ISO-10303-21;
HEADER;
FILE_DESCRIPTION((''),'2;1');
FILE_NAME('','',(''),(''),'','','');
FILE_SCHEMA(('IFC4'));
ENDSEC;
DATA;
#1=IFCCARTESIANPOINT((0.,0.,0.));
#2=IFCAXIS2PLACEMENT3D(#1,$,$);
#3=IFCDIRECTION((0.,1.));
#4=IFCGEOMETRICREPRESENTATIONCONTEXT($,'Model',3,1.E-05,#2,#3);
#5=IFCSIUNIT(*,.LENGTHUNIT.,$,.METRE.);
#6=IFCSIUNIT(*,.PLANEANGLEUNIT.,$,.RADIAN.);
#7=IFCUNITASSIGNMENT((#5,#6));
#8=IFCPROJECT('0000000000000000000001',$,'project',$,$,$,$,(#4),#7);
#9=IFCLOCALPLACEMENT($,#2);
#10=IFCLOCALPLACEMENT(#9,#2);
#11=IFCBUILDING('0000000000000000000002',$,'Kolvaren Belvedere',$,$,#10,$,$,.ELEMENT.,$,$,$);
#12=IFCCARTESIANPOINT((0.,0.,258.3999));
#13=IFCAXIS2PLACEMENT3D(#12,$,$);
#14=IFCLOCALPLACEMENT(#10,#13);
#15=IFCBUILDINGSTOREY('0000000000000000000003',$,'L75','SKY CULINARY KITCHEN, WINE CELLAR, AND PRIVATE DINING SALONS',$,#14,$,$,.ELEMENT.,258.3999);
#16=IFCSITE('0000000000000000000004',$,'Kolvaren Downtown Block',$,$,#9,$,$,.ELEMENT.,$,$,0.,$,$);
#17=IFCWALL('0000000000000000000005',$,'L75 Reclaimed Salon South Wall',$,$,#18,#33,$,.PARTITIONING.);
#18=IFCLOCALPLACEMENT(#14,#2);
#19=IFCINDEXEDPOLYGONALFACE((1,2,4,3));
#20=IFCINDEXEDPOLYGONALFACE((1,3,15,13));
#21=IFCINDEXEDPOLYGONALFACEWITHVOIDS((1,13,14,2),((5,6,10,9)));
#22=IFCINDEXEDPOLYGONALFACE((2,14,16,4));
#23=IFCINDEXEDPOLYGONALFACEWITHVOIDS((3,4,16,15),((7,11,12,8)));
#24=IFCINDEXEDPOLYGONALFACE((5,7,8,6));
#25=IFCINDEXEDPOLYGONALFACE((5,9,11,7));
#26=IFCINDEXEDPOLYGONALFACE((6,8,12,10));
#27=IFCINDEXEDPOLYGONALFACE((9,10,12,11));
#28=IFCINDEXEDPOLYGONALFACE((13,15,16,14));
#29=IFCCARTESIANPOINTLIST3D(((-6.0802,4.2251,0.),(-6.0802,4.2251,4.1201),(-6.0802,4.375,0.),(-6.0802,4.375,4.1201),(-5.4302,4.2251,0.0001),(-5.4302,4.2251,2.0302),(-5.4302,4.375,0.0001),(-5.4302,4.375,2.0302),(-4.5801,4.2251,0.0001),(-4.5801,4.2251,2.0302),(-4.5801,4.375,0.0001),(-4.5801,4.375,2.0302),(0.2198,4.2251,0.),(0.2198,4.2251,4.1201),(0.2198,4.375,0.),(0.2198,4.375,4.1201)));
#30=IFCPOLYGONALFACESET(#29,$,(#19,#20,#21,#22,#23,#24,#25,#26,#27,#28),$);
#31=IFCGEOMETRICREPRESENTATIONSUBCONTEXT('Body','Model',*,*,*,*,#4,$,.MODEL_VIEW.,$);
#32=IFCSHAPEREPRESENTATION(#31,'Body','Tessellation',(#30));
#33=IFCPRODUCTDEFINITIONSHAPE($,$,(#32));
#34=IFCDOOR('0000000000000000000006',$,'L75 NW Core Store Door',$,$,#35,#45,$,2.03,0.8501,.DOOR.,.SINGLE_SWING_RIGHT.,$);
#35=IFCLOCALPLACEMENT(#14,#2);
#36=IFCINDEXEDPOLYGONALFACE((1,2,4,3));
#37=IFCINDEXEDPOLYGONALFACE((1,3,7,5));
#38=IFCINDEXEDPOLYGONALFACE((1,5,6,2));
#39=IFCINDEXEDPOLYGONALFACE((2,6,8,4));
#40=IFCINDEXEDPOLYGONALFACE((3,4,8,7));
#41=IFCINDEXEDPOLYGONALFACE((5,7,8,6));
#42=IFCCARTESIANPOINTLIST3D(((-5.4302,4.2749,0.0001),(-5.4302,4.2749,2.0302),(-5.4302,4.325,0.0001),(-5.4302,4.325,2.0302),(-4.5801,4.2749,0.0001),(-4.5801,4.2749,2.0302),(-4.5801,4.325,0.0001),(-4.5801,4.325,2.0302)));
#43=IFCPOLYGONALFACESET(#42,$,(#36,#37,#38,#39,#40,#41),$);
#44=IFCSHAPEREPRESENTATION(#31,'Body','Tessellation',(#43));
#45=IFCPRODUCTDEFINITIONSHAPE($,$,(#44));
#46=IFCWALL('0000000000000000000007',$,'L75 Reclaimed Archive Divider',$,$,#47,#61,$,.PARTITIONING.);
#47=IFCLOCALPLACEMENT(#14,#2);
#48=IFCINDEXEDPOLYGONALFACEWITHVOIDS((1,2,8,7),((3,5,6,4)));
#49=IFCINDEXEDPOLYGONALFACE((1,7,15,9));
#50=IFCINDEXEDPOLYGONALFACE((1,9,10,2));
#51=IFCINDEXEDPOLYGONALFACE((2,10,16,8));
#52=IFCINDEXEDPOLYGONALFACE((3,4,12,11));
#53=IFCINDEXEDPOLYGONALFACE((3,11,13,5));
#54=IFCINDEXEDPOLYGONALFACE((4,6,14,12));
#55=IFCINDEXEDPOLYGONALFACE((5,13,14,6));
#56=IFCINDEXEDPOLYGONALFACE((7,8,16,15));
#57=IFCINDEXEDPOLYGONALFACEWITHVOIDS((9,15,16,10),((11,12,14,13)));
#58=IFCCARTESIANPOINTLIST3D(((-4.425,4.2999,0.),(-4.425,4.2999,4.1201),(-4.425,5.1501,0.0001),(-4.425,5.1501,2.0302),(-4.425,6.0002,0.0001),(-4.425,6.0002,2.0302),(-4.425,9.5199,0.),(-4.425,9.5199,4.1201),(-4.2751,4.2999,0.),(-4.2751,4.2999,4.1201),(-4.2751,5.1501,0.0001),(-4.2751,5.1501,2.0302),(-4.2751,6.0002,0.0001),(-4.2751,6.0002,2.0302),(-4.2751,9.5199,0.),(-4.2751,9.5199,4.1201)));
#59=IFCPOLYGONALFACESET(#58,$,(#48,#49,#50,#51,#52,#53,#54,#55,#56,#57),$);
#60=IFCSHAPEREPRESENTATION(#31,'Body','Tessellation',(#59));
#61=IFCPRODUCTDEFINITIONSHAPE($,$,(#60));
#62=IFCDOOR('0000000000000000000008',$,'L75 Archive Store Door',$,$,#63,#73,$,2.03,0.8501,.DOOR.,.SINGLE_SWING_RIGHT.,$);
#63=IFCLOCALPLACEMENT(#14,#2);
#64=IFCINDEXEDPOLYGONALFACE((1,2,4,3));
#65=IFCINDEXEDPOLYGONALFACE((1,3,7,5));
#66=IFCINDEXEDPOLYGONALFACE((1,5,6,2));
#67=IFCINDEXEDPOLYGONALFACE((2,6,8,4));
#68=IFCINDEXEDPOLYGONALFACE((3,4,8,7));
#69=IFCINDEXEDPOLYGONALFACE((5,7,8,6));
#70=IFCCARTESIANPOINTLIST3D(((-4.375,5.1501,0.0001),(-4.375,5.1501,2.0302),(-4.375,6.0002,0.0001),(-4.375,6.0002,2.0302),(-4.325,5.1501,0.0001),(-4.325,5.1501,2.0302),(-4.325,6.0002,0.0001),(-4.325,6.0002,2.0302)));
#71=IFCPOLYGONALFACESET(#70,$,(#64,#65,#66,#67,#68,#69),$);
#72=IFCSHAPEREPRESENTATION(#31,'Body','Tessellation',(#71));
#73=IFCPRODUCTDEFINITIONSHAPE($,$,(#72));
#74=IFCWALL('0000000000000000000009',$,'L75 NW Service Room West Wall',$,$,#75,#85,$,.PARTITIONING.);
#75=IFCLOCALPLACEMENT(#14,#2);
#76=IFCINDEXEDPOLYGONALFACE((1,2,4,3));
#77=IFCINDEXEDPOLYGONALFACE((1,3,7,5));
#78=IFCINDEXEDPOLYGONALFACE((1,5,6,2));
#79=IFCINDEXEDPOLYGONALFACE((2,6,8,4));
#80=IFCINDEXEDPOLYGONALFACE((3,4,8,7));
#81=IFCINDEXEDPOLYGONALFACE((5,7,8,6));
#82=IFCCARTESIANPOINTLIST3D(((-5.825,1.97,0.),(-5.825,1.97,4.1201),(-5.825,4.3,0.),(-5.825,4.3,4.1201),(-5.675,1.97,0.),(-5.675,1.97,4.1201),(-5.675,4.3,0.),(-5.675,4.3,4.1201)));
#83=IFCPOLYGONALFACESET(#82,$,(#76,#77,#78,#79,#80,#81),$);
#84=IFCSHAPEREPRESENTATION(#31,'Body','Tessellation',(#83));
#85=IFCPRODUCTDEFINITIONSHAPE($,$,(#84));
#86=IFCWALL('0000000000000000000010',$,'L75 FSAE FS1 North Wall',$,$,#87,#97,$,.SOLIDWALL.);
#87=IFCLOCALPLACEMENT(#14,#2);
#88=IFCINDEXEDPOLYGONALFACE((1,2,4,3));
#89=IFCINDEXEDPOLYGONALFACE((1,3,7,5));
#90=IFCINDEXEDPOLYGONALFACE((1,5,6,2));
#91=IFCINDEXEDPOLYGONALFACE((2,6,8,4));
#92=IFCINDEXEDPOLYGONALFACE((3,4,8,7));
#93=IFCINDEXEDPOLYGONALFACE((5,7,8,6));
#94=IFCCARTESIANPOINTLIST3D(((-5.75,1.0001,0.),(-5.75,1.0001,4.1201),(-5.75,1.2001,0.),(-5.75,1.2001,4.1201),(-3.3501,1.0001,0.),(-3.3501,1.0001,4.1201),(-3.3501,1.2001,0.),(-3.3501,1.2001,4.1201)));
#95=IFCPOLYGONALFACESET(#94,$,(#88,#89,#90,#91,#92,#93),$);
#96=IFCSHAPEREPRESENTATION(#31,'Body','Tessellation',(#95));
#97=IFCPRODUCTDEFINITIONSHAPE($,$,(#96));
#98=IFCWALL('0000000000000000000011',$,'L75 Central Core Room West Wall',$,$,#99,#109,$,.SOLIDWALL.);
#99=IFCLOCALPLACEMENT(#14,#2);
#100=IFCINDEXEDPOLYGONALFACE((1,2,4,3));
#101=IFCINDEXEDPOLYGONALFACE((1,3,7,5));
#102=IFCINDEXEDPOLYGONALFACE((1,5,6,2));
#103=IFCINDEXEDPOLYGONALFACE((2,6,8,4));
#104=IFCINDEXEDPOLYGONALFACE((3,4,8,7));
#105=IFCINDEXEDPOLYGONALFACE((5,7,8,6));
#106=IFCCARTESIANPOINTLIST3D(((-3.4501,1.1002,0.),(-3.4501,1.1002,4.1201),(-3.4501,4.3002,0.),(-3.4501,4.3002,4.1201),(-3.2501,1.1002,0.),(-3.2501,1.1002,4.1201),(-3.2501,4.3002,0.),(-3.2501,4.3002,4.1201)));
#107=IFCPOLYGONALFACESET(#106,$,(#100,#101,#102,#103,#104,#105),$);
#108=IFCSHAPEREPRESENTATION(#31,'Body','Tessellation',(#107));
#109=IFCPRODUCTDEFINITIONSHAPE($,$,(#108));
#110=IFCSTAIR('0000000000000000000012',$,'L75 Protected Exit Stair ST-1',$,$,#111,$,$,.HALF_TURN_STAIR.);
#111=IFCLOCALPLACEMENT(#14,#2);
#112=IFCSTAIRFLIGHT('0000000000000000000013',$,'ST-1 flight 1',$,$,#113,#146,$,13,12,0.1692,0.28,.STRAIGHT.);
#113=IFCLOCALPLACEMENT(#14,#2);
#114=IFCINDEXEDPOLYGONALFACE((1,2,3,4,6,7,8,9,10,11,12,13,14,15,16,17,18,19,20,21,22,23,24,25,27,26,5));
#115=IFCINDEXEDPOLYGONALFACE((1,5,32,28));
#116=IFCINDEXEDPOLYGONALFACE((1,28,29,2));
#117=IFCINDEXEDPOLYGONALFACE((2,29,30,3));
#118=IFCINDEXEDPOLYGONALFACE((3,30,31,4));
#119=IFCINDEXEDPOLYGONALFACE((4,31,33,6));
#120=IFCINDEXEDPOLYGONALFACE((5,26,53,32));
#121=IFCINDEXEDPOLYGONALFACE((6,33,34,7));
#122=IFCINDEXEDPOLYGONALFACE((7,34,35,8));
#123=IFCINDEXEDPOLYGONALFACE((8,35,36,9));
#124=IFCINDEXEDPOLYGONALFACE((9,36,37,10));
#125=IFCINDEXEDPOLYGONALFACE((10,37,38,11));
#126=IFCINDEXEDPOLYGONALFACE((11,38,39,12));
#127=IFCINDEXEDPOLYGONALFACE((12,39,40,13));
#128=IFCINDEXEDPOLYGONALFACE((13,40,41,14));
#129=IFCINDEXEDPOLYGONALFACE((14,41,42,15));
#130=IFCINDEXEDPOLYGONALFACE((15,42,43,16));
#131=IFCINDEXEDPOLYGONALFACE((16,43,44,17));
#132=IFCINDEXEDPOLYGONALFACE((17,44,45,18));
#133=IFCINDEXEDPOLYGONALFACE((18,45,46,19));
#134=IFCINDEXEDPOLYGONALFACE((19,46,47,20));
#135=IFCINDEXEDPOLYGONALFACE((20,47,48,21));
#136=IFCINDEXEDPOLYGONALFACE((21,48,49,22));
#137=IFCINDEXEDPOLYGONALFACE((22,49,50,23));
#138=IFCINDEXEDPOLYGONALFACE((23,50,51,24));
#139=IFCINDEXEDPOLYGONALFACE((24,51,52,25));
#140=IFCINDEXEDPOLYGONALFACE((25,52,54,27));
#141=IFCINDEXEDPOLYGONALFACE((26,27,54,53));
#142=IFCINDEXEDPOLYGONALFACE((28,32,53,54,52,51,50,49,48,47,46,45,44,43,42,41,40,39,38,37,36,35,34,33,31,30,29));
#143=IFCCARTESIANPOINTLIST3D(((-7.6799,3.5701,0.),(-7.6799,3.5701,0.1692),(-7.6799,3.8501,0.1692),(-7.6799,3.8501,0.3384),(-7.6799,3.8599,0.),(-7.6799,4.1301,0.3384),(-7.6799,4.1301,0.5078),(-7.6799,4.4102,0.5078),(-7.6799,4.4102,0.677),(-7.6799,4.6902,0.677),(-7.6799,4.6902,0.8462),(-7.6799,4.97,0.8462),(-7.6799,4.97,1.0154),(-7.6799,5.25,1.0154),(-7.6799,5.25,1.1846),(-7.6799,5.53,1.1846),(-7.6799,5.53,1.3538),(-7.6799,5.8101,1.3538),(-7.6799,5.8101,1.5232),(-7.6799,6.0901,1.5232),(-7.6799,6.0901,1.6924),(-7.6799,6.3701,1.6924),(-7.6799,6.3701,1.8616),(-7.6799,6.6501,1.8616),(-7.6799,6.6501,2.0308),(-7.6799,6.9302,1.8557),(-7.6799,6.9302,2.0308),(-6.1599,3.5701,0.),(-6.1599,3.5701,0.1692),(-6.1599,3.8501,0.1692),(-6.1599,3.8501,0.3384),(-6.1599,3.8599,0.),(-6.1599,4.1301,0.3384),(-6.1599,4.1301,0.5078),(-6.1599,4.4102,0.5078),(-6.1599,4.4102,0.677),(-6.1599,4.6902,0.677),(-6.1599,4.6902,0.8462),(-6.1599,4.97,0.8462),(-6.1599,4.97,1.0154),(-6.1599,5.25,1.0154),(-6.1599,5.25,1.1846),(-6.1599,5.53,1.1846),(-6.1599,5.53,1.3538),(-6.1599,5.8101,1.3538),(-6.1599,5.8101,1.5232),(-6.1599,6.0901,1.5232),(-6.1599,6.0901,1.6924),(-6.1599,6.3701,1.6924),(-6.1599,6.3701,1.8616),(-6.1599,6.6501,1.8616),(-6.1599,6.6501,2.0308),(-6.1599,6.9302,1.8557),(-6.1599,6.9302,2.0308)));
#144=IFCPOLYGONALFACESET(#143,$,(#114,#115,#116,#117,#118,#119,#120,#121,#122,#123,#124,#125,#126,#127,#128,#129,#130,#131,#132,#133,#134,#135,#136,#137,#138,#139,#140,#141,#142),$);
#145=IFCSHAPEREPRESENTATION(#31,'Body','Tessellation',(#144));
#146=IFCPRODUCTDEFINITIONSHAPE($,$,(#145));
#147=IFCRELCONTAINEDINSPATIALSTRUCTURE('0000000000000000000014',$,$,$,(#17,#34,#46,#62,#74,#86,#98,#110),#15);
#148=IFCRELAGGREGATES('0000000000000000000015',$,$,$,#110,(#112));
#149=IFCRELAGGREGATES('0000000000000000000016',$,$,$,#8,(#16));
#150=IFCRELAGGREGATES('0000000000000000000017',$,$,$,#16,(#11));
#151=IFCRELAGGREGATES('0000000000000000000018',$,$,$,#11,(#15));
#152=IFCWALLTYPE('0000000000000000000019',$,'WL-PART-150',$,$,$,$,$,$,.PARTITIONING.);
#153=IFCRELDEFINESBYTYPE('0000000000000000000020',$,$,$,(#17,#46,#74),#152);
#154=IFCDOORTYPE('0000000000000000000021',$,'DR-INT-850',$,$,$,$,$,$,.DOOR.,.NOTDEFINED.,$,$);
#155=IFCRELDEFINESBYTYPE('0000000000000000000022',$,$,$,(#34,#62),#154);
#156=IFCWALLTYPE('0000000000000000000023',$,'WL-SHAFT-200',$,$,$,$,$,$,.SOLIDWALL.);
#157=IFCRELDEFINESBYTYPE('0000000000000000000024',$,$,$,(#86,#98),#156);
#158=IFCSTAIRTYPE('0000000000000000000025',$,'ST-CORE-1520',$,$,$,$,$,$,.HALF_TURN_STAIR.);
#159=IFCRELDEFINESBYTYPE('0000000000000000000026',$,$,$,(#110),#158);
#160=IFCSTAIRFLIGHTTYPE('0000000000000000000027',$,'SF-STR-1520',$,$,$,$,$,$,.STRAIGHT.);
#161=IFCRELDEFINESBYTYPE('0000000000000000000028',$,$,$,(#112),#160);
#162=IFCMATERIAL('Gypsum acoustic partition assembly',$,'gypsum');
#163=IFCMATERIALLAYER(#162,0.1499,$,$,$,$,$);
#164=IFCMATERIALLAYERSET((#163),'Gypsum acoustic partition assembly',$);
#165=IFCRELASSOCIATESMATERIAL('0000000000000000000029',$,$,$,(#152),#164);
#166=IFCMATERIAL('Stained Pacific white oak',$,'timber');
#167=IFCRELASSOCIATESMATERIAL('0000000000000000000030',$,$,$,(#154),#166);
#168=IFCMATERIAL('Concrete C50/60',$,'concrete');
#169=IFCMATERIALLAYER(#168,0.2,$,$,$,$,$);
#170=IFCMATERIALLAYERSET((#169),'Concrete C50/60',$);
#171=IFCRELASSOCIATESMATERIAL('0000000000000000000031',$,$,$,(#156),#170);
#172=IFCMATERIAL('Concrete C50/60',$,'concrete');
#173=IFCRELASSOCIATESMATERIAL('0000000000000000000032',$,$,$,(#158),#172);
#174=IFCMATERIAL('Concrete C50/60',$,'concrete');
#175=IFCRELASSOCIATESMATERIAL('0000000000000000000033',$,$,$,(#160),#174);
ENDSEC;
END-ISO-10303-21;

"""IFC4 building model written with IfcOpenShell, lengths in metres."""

from ifc_helpers import new_model, si_unit, direction, frame, frame_2d, origin, place, context, subcontext, project, spatial, polyline, rectangle, outline, extrude, material, layer, layer_set, type_object, element, fill, aggregate, save


model = new_model("IFC4")

# Units and contexts
model_context = context("Model", 3, precision=1e-05, world=origin(), true_north=direction((0.0, 1.0)))
body_context = subcontext(model_context, "Body", "Model", "MODEL_VIEW")
ifc_project = project(units=[si_unit("LENGTHUNIT", "METRE"), si_unit("PLANEANGLEUNIT", "RADIAN")], contexts=[model_context])

# Site, building, storey
site_placement = place(None, origin())
site = spatial("IfcSite", under=ifc_project, at=site_placement, Name="Kolvaren Downtown Block", CompositionType="ELEMENT", RefElevation=0.0)
building_placement = place(site_placement, origin())
building = spatial("IfcBuilding", under=site, at=building_placement, Name="Kolvaren Belvedere", CompositionType="ELEMENT")
storey_placement = place(building_placement, frame((0.0, 0.0, 258.3999)))
storey = spatial("IfcBuildingStorey", under=building, at=storey_placement, Name="L75", Description="SKY CULINARY KITCHEN, WINE CELLAR, AND PRIVATE DINING SALONS", CompositionType="ELEMENT", Elevation=258.3999)

# Walls, openings, doors
ifc_material_1 = material(Name="Gypsum acoustic partition assembly", Category="gypsum")
ifc_layer_1 = layer(ifc_material_1, 0.1499)
ifc_layer_set_1 = layer_set([ifc_layer_1], Name="Gypsum acoustic partition assembly")
wall_type_1 = type_object("IfcWallType", Name="WL-PART-150", PredefinedType="PARTITIONING", material=ifc_layer_set_1)
wall_1_placement = place(storey_placement, frame((-6.0801, 4.3, 0.0), z_axis=(0.0, 0.0, 1.0), x_axis=(1.0, 0.0, 0.0)))
wall_1 = element("IfcWall", 1, at=wall_1_placement, inside=storey, type_object=wall_type_1, Name="L75 Reclaimed Salon South Wall", PredefinedType="PARTITIONING", context=body_context, shape_type="SweptSolid", body=[
    extrude(rectangle(XDim=6.3, YDim=0.1499, at=frame_2d((3.1499, 0.0))), origin(), (0.0, 0.0, 1.0), 4.1201),
])
opening_1_placement = place(wall_1_placement, frame((0.6499, 0.0, 0.0)))
opening_1 = element("IfcOpeningElement", 2, at=opening_1_placement, cuts=wall_1, PredefinedType="OPENING", context=body_context, shape_type="SweptSolid", body=[
    extrude(rectangle(XDim=0.8501, YDim=2.03, at=frame_2d((0.425, 1.0151))), frame((0.0, 0.085, 0.0), z_axis=(0.0, -1.0, 0.0), x_axis=(1.0, 0.0, 0.0)), (0.0, 0.0, 1.0), 0.1699),
])
ifc_material_2 = material(Name="Stained Pacific white oak", Category="timber")
door_type_1 = type_object("IfcDoorType", Name="DR-INT-850", OperationType="NOTDEFINED", PredefinedType="DOOR", material=ifc_material_2)
door_1_placement = place(opening_1_placement, origin())
door_1 = element("IfcDoor", 3, at=door_1_placement, inside=storey, type_object=door_type_1, Name="L75 NW Core Store Door", OperationType="SINGLE_SWING_RIGHT", OverallHeight=2.03, OverallWidth=0.8501, PredefinedType="DOOR", context=body_context, shape_type="SweptSolid", body=[
    extrude(rectangle(XDim=0.8501, YDim=2.03, at=frame_2d((0.425, 1.0151))), frame((0.0, 0.0249, 0.0), z_axis=(0.0, -1.0, 0.0), x_axis=(1.0, 0.0, 0.0)), (0.0, 0.0, 1.0), 0.05),
])
fill(opening_1, door_1)
wall_2_placement = place(storey_placement, frame((-4.3501, 4.3, 0.0), z_axis=(0.0, 0.0, 1.0), x_axis=(0.0, 1.0, 0.0)))
wall_2 = element("IfcWall", 4, at=wall_2_placement, inside=storey, type_object=wall_type_1, Name="L75 Reclaimed Archive Divider", PredefinedType="PARTITIONING", context=body_context, shape_type="SweptSolid", body=[
    extrude(rectangle(XDim=5.22, YDim=0.1499, at=frame_2d((2.6099, 0.0))), origin(), (0.0, 0.0, 1.0), 4.1201),
])
opening_2_placement = place(wall_2_placement, frame((0.8501, 0.0, 0.0)))
opening_2 = element("IfcOpeningElement", 5, at=opening_2_placement, cuts=wall_2, PredefinedType="OPENING", context=body_context, shape_type="SweptSolid", body=[
    extrude(rectangle(XDim=0.8501, YDim=2.03, at=frame_2d((0.425, 1.0151))), frame((0.0, 0.085, 0.0), z_axis=(0.0, -1.0, 0.0), x_axis=(1.0, 0.0, 0.0)), (0.0, 0.0, 1.0), 0.1699),
])
door_2_placement = place(opening_2_placement, origin())
door_2 = element("IfcDoor", 6, at=door_2_placement, inside=storey, type_object=door_type_1, Name="L75 Archive Store Door", OperationType="SINGLE_SWING_RIGHT", OverallHeight=2.03, OverallWidth=0.8501, PredefinedType="DOOR", context=body_context, shape_type="SweptSolid", body=[
    extrude(rectangle(XDim=0.8501, YDim=2.03, at=frame_2d((0.425, 1.0151))), frame((0.0, 0.0249, 0.0), z_axis=(0.0, -1.0, 0.0), x_axis=(1.0, 0.0, 0.0)), (0.0, 0.0, 1.0), 0.05),
])
fill(opening_2, door_2)

# Walls
wall_3_placement = place(storey_placement, frame((-5.75, 1.97, 0.0), z_axis=(0.0, 0.0, 1.0), x_axis=(0.0, 1.0, 0.0)))
element("IfcWall", 7, at=wall_3_placement, inside=storey, type_object=wall_type_1, Name="L75 NW Service Room West Wall", PredefinedType="PARTITIONING", context=body_context, shape_type="SweptSolid", body=[
    extrude(rectangle(XDim=2.3301, YDim=0.1499, at=frame_2d((1.165, 0.0))), origin(), (0.0, 0.0, 1.0), 4.1201),
])
ifc_material_3 = material(Name="Concrete C50/60", Category="concrete")
ifc_layer_2 = layer(ifc_material_3, 0.2)
ifc_layer_set_2 = layer_set([ifc_layer_2], Name="Concrete C50/60")
wall_type_2 = type_object("IfcWallType", Name="WL-SHAFT-200", PredefinedType="SOLIDWALL", material=ifc_layer_set_2)
wall_4_placement = place(storey_placement, frame((-5.75, 1.1001, 0.0), z_axis=(0.0, 0.0, 1.0), x_axis=(1.0, 0.0, 0.0)))
element("IfcWall", 8, at=wall_4_placement, inside=storey, type_object=wall_type_2, Name="L75 FSAE FS1 North Wall", PredefinedType="SOLIDWALL", context=body_context, shape_type="SweptSolid", body=[
    extrude(rectangle(XDim=2.3999, YDim=0.2, at=frame_2d((1.2, 0.0))), origin(), (0.0, 0.0, 1.0), 4.1201),
])
wall_5_placement = place(storey_placement, frame((-3.3501, 1.1001, 0.0), z_axis=(0.0, 0.0, 1.0), x_axis=(0.0, 1.0, 0.0)))
element("IfcWall", 9, at=wall_5_placement, inside=storey, type_object=wall_type_2, Name="L75 Central Core Room West Wall", PredefinedType="SOLIDWALL", context=body_context, shape_type="SweptSolid", body=[
    extrude(rectangle(XDim=3.2, YDim=0.2, at=frame_2d((1.6001, 0.0))), origin(), (0.0, 0.0, 1.0), 4.1201),
])

# Stair, stair flight
ifc_material_4 = material(Name="Concrete C50/60", Category="concrete")
stair_type = type_object("IfcStairType", Name="ST-CORE-1520", PredefinedType="HALF_TURN_STAIR", material=ifc_material_4)
stair_placement = place(storey_placement, origin())
stair = element("IfcStair", 10, at=stair_placement, inside=storey, type_object=stair_type, Name="L75 Protected Exit Stair ST-1", PredefinedType="HALF_TURN_STAIR")
ifc_material_5 = material(Name="Concrete C50/60", Category="concrete")
stair_flight_type = type_object("IfcStairFlightType", Name="SF-STR-1520", PredefinedType="STRAIGHT", material=ifc_material_5)
stair_flight_1_placement = place(storey_placement, frame((-6.9199, 3.5701, 0.0), z_axis=(0.0, 0.0, 1.0), x_axis=(0.0, 1.0, 0.0)))
stair_flight_1 = element("IfcStairFlight", 11, at=stair_flight_1_placement, type_object=stair_flight_type, Name="ST-1 flight 1", NumberOfRisers=13, NumberOfTreads=12, PredefinedType="STRAIGHT", RiserHeight=0.1692, TreadLength=0.28, context=body_context, shape_type="SweptSolid", body=[
    extrude(outline(polyline([(0.0, 0.0), (0.0, 0.1692), (0.28, 0.1692), (0.28, 0.3384), (0.5601, 0.3384), (0.5601, 0.5078), (0.8401, 0.5078), (0.8401, 0.677), (1.1201, 0.677), (1.1201, 0.8462), (1.3999, 0.8462), (1.3999, 1.0154), (1.6799, 1.0154), (1.6799, 1.1846), (1.96, 1.1846), (1.96, 1.3538), (2.24, 1.3538), (2.24, 1.5232), (2.52, 1.5232), (2.52, 1.6924), (2.8, 1.6924), (2.8, 1.8616), (3.0801, 1.8616), (3.0801, 2.0308), (3.3601, 2.0308), (3.3601, 2.2), (3.3601, 1.8557), (0.2898, 0.0), (0.0, 0.0)])), frame((0.0, 0.76, 0.0), z_axis=(0.0, -1.0, 0.0), x_axis=(1.0, 0.0, 0.0)), (0.0, 0.0, 1.0), 1.52),
])
aggregate(stair, [stair_flight_1])

save(model, "model.ifc")
